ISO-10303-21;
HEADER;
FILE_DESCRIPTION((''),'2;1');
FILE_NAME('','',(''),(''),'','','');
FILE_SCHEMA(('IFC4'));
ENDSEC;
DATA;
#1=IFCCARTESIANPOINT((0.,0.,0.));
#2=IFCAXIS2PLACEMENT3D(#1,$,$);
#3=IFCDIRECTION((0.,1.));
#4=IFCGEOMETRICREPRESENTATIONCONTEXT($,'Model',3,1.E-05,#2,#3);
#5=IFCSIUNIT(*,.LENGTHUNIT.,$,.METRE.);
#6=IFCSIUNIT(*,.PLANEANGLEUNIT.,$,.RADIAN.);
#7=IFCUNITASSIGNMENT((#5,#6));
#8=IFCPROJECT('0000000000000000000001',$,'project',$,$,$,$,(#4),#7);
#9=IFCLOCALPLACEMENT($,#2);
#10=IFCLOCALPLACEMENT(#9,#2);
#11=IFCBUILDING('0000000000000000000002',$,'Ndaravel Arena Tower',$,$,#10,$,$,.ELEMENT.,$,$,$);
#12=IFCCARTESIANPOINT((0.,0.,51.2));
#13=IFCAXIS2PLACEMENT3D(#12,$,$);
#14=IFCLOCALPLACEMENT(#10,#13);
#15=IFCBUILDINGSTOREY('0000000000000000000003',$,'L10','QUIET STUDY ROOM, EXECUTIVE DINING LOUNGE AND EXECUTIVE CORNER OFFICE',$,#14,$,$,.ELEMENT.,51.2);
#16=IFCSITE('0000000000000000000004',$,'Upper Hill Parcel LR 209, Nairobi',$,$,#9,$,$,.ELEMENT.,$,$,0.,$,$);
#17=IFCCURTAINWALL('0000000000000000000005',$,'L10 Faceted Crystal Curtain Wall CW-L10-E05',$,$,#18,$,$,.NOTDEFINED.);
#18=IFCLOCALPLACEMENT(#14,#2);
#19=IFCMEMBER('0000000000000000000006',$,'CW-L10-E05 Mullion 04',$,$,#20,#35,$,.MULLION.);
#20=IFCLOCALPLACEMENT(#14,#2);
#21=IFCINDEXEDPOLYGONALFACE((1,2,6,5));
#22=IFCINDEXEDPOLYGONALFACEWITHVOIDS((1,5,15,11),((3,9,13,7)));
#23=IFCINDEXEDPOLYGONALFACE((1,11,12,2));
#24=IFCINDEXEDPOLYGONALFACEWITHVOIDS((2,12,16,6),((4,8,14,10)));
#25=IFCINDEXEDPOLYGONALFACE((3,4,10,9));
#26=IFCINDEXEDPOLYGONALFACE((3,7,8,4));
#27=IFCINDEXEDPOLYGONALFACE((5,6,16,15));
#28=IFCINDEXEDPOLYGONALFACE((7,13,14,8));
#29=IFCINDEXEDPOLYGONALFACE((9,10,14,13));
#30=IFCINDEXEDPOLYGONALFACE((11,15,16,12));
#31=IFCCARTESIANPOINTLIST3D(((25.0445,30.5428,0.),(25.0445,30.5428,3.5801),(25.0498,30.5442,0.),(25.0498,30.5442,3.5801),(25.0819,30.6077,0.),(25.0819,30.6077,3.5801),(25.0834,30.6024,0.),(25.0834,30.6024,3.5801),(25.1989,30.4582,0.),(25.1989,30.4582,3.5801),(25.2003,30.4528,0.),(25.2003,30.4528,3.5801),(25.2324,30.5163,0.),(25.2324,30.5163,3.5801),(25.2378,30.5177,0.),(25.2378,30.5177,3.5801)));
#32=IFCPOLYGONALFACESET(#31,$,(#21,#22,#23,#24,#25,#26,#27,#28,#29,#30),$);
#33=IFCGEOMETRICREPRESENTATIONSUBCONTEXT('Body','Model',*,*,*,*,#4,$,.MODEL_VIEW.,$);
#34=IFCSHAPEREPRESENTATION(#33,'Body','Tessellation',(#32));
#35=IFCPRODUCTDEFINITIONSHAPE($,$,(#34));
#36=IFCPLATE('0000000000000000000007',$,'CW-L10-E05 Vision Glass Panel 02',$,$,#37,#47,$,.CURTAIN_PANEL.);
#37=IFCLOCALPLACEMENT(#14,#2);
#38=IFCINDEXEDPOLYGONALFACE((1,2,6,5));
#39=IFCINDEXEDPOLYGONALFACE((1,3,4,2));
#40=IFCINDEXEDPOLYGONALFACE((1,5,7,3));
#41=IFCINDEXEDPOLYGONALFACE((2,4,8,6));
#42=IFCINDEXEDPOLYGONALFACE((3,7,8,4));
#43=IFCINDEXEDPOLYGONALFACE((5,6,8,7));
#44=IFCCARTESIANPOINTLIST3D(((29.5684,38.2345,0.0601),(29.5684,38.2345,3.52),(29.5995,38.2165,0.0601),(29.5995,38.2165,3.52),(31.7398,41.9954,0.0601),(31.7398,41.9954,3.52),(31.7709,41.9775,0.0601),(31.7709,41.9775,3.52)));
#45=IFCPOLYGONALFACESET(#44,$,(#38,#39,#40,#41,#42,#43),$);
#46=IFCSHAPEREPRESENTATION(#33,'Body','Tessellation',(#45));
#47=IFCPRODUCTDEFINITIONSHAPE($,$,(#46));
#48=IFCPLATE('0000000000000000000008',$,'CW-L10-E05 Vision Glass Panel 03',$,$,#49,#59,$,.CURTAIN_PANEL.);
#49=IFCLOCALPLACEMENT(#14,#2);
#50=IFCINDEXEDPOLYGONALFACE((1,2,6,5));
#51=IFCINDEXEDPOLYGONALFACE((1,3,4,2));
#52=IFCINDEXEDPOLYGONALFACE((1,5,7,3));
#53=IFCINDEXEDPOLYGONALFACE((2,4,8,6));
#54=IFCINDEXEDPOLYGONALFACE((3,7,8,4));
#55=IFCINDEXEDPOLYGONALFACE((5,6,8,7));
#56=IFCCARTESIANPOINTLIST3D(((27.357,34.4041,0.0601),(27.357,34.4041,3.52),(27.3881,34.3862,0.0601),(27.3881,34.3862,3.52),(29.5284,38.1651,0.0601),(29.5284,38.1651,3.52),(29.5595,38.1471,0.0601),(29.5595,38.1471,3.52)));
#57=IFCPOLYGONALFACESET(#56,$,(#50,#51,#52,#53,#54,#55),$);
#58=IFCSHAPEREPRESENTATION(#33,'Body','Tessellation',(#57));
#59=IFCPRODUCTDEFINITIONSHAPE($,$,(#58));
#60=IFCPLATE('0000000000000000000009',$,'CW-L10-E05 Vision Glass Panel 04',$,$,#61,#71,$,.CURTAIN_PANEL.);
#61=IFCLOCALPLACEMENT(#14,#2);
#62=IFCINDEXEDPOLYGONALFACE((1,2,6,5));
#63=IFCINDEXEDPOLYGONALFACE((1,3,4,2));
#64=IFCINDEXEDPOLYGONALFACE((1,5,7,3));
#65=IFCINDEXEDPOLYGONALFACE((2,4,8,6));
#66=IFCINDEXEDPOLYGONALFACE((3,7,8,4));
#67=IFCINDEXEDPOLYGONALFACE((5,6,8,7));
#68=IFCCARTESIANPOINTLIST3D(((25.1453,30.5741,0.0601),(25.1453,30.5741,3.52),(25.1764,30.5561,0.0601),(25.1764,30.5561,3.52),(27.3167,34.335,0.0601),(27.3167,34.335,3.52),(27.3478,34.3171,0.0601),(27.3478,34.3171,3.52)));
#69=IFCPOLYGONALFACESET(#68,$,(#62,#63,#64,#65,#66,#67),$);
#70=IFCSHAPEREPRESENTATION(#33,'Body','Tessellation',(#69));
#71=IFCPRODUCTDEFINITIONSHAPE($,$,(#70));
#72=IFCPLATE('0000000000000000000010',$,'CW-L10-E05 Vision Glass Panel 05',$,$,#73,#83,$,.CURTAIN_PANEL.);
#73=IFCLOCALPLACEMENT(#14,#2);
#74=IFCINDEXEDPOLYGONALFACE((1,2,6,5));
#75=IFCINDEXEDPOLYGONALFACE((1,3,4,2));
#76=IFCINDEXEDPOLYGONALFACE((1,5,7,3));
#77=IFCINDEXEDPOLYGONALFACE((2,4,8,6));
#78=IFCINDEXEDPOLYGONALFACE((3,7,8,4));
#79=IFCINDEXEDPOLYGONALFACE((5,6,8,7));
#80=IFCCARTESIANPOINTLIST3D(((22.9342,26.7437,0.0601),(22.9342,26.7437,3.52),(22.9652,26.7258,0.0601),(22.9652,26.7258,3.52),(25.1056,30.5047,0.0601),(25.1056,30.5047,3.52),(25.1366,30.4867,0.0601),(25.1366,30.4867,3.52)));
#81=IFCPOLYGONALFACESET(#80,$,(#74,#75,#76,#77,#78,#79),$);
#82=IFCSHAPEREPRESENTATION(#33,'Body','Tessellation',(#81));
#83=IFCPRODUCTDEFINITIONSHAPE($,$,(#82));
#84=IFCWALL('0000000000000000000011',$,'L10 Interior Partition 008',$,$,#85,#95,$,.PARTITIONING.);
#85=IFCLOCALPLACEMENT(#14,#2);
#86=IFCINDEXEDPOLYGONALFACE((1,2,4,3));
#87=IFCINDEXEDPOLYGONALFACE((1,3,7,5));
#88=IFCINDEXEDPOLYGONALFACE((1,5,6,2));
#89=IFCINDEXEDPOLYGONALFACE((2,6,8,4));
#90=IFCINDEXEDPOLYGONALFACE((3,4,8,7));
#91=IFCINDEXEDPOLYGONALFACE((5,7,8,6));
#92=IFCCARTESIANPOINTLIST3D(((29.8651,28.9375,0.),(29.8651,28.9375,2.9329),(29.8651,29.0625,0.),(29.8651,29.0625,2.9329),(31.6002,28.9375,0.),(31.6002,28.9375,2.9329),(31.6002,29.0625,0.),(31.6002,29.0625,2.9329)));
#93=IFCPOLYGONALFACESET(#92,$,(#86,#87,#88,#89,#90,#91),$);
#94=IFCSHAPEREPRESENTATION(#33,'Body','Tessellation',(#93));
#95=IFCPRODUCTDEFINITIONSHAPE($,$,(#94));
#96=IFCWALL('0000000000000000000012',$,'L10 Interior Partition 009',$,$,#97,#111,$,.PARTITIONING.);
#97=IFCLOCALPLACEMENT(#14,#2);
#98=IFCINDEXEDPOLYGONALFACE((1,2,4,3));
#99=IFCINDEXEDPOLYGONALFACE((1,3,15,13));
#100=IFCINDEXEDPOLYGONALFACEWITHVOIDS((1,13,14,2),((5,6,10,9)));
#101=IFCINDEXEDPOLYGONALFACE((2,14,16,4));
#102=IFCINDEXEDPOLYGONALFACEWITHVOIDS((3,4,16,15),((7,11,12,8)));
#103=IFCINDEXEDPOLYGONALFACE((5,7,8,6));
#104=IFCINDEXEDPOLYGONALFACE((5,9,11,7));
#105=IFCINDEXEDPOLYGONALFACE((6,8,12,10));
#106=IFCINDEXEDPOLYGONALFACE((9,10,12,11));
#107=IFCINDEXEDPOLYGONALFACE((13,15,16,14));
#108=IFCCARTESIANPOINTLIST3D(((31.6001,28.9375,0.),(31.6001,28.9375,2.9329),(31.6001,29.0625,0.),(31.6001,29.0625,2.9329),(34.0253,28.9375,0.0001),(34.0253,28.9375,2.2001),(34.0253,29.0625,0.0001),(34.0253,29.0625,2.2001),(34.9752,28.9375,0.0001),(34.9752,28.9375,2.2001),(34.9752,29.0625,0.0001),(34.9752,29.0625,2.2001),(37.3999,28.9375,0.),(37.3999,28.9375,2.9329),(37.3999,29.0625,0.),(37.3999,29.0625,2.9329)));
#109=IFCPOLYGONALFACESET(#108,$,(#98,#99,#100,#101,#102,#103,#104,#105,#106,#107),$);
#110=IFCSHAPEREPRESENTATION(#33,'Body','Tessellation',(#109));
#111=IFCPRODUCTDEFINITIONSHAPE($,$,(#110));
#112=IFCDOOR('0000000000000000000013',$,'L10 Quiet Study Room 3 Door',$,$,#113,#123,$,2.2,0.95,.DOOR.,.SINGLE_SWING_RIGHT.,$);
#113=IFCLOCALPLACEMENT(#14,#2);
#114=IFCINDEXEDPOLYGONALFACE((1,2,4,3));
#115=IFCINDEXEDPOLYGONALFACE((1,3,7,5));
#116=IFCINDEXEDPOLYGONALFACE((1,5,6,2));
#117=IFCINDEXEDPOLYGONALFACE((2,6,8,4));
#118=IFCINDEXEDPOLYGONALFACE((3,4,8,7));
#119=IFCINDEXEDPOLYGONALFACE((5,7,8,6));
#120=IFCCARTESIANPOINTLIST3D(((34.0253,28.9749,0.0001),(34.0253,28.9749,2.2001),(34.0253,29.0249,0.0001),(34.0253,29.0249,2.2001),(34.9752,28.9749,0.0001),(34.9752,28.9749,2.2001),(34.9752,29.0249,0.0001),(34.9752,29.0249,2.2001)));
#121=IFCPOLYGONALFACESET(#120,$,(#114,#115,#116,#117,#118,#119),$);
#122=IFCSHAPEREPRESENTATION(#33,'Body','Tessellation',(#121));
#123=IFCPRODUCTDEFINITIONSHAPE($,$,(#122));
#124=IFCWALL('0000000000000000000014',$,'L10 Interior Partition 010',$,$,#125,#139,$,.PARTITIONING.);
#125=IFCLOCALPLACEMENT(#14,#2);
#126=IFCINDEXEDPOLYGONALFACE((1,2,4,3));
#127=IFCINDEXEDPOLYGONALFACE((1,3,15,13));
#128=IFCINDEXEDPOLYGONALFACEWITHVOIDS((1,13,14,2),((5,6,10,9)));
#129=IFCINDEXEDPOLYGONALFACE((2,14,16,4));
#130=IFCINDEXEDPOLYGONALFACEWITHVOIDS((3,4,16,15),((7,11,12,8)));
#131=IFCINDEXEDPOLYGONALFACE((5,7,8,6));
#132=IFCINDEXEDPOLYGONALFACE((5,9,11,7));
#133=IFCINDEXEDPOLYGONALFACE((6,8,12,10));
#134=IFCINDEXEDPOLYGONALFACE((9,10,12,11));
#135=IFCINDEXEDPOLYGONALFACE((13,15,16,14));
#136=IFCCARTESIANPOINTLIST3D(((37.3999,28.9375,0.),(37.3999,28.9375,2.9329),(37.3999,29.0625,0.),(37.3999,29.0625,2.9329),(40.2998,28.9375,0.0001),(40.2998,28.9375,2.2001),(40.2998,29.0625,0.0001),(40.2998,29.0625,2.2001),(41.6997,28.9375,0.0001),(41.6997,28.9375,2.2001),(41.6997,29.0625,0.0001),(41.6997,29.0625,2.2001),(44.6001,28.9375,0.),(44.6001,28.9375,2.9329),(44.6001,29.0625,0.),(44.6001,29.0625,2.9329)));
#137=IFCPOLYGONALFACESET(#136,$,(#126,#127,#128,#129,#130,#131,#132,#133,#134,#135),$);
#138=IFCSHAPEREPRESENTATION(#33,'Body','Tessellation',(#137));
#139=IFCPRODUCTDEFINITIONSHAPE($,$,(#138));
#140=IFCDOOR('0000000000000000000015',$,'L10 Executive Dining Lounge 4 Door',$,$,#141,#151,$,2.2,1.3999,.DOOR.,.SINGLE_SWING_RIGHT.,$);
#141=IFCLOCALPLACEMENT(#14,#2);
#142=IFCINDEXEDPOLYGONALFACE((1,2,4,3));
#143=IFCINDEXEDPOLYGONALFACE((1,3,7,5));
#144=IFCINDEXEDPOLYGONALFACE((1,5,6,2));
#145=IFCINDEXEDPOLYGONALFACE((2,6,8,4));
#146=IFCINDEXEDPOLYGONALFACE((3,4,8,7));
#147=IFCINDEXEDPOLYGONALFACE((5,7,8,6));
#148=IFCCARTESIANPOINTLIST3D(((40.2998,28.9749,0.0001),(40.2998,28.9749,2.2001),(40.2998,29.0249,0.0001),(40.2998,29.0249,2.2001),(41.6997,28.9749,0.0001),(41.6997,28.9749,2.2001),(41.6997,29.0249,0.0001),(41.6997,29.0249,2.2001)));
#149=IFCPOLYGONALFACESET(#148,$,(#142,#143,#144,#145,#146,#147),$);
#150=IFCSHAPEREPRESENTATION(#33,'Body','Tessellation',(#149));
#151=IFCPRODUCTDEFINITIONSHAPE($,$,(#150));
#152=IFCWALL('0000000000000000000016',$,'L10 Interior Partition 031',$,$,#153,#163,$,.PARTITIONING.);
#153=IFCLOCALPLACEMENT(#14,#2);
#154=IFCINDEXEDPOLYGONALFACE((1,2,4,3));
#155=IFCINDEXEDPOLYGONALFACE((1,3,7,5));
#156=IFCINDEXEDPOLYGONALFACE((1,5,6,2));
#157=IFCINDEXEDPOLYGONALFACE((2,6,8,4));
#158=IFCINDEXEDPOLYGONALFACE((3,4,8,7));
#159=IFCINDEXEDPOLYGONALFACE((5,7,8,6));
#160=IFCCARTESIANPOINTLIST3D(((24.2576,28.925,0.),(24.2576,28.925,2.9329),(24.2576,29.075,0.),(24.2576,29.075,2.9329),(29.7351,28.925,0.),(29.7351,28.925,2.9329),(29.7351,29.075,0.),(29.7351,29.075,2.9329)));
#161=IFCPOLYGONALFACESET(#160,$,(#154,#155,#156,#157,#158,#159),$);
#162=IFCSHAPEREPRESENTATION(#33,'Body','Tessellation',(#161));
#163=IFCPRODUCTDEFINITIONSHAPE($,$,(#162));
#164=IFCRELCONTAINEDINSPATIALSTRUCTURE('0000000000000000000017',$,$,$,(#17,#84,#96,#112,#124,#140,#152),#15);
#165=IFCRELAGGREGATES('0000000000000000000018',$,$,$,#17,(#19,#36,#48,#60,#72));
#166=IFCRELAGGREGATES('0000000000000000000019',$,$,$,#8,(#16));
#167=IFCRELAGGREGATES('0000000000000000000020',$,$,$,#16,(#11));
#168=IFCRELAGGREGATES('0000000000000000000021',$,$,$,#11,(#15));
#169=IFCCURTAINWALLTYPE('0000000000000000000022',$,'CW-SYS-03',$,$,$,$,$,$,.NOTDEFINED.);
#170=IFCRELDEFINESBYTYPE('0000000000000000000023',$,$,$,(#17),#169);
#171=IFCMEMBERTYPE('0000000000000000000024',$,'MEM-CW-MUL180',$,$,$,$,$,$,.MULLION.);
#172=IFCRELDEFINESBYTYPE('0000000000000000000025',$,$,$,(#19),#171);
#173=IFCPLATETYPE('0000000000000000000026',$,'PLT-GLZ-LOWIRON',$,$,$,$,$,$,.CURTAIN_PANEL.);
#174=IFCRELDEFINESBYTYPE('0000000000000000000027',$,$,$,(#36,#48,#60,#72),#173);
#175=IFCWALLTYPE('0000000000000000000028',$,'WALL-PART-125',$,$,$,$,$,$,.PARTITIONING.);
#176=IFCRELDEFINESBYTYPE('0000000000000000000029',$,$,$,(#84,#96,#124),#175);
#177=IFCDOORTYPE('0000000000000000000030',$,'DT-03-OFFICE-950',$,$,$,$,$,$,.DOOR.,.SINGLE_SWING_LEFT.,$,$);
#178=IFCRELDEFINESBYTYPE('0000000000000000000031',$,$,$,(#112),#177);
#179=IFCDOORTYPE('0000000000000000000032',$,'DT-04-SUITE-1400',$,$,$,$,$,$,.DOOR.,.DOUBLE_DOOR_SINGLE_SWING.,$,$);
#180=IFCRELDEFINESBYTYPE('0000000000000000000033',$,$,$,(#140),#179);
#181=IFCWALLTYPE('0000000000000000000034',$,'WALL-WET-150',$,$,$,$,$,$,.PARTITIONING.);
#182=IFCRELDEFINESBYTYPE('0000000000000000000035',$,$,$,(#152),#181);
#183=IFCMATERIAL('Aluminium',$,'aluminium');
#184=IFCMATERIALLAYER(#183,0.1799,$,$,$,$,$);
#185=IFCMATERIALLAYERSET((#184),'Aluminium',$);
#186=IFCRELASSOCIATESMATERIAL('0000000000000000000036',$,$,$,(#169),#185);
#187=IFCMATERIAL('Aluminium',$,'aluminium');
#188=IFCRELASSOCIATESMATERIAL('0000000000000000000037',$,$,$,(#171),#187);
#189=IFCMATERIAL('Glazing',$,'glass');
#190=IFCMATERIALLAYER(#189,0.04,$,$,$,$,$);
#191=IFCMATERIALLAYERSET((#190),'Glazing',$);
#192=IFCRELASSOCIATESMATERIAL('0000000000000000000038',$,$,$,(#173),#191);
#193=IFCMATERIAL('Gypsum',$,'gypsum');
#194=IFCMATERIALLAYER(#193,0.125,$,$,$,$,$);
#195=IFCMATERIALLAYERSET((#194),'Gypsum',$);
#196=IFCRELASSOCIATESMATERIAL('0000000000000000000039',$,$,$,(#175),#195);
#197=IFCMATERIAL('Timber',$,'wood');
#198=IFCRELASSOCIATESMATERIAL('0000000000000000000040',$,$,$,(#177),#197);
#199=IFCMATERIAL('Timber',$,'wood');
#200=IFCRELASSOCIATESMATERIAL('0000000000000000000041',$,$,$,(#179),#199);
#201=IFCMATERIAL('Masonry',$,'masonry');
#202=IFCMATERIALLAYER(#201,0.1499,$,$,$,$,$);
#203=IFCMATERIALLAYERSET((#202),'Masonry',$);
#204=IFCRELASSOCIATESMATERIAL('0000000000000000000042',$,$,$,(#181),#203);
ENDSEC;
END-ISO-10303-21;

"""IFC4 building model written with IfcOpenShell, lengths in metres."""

from ifc_helpers import new_model, si_unit, direction, frame, frame_2d, origin, origin_2d, place, context, subcontext, project, spatial, rectangle, hollow_rectangle, extrude, material, layer, layer_set, material_profile, profile_set, type_object, element, fill, aggregate, save


model = new_model("IFC4")

# Units and contexts
model_context = context("Model", 3, precision=1e-05, world=origin(), true_north=direction((0.0, 1.0)))
body_context = subcontext(model_context, "Body", "Model", "MODEL_VIEW")
ifc_project = project(units=[si_unit("LENGTHUNIT", "METRE"), si_unit("PLANEANGLEUNIT", "RADIAN")], contexts=[model_context])

# Site, building, storey
site_placement = place(None, origin())
site = spatial("IfcSite", under=ifc_project, at=site_placement, Name="Upper Hill Parcel LR 209, Nairobi", CompositionType="ELEMENT", RefElevation=0.0)
building_placement = place(site_placement, origin())
building = spatial("IfcBuilding", under=site, at=building_placement, Name="Ndaravel Arena Tower", CompositionType="ELEMENT")
storey_placement = place(building_placement, frame((0.0, 0.0, 51.2)))
storey = spatial("IfcBuildingStorey", under=building, at=storey_placement, Name="L10", Description="QUIET STUDY ROOM, EXECUTIVE DINING LOUNGE AND EXECUTIVE CORNER OFFICE", CompositionType="ELEMENT", Elevation=51.2)

# Curtain wall, member, plates
ifc_material_1 = material(Name="Aluminium", Category="aluminium")
ifc_layer_1 = layer(ifc_material_1, 0.1799)
ifc_layer_set_1 = layer_set([ifc_layer_1], Name="Aluminium")
curtain_wall_type = type_object("IfcCurtainWallType", Name="CW-SYS-03", PredefinedType="NOTDEFINED", material=ifc_layer_set_1)
curtain_wall_placement = place(storey_placement, origin())
curtain_wall = element("IfcCurtainWall", 1, at=curtain_wall_placement, inside=storey, type_object=curtain_wall_type, Name="L10 Faceted Crystal Curtain Wall CW-L10-E05", PredefinedType="NOTDEFINED")
ifc_material_2 = material(Name="Aluminium", Category="aluminium")
ifc_material_profile_1 = material_profile(ifc_material_2, hollow_rectangle(XDim=0.075, YDim=0.1799, WallThickness=0.0039, at=origin_2d()), Name="CW MULLION 75x180x4")
ifc_profile_set_1 = profile_set([ifc_material_profile_1], Name="Aluminium")
member_type = type_object("IfcMemberType", Name="MEM-CW-MUL180", PredefinedType="MULLION", material=ifc_profile_set_1)
member_1_placement = place(storey_placement, frame((25.1411, 30.5303, 0.0), z_axis=(0.0, 0.0, 1.0), x_axis=(-0.5, -0.866025, 0.0)))
member_1 = element("IfcMember", 2, at=member_1_placement, type_object=member_type, Name="CW-L10-E05 Mullion 04", PredefinedType="MULLION", context=body_context, shape_type="SweptSolid", body=[
    extrude(hollow_rectangle(XDim=0.075, YDim=0.1799, WallThickness=0.0039, at=origin_2d()), origin(), (0.0, 0.0, 1.0), 3.5801),
])
ifc_material_3 = material(Name="Glazing", Category="glass")
ifc_layer_2 = layer(ifc_material_3, 0.04)
ifc_layer_set_2 = layer_set([ifc_layer_2], Name="Glazing")
plate_type = type_object("IfcPlateType", Name="PLT-GLZ-LOWIRON", PredefinedType="CURTAIN_PANEL", material=ifc_layer_set_2)
plate_1_placement = place(storey_placement, frame((30.6697, 40.106, 0.0601), z_axis=(0.0, 0.0, 1.0), x_axis=(-0.5, -0.866025, 0.0)))
plate_1 = element("IfcPlate", 3, at=plate_1_placement, type_object=plate_type, Name="CW-L10-E05 Vision Glass Panel 02", PredefinedType="CURTAIN_PANEL", context=body_context, shape_type="SweptSolid", body=[
    extrude(rectangle(XDim=4.3428, YDim=0.0359, at=origin_2d()), origin(), (0.0, 0.0, 1.0), 3.46),
])
plate_2_placement = place(storey_placement, frame((28.4583, 36.2756, 0.0601), z_axis=(0.0, 0.0, 1.0), x_axis=(-0.5, -0.866025, 0.0)))
plate_2 = element("IfcPlate", 4, at=plate_2_placement, type_object=plate_type, Name="CW-L10-E05 Vision Glass Panel 03", PredefinedType="CURTAIN_PANEL", context=body_context, shape_type="SweptSolid", body=[
    extrude(rectangle(XDim=4.3428, YDim=0.0359, at=origin_2d()), origin(), (0.0, 0.0, 1.0), 3.46),
])
plate_3_placement = place(storey_placement, frame((26.2466, 32.4456, 0.0601), z_axis=(0.0, 0.0, 1.0), x_axis=(-0.5, -0.866025, 0.0)))
plate_3 = element("IfcPlate", 5, at=plate_3_placement, type_object=plate_type, Name="CW-L10-E05 Vision Glass Panel 04", PredefinedType="CURTAIN_PANEL", context=body_context, shape_type="SweptSolid", body=[
    extrude(rectangle(XDim=4.3428, YDim=0.0359, at=origin_2d()), origin(), (0.0, 0.0, 1.0), 3.46),
])
plate_4_placement = place(storey_placement, frame((24.0354, 28.6152, 0.0601), z_axis=(0.0, 0.0, 1.0), x_axis=(-0.5, -0.866025, 0.0)))
plate_4 = element("IfcPlate", 6, at=plate_4_placement, type_object=plate_type, Name="CW-L10-E05 Vision Glass Panel 05", PredefinedType="CURTAIN_PANEL", context=body_context, shape_type="SweptSolid", body=[
    extrude(rectangle(XDim=4.3428, YDim=0.0359, at=origin_2d()), origin(), (0.0, 0.0, 1.0), 3.46),
])
aggregate(curtain_wall, [member_1, plate_1, plate_2, plate_3, plate_4])

# Wall
ifc_material_4 = material(Name="Gypsum", Category="gypsum")
ifc_layer_3 = layer(ifc_material_4, 0.125)
ifc_layer_set_3 = layer_set([ifc_layer_3], Name="Gypsum")
wall_type_1 = type_object("IfcWallType", Name="WALL-PART-125", PredefinedType="PARTITIONING", material=ifc_layer_set_3)
wall_1_placement = place(storey_placement, frame((29.865, 29.0, 0.0), z_axis=(0.0, 0.0, 1.0), x_axis=(1.0, 0.0, 0.0)))
element("IfcWall", 7, at=wall_1_placement, inside=storey, type_object=wall_type_1, Name="L10 Interior Partition 008", PredefinedType="PARTITIONING", context=body_context, shape_type="SweptSolid", body=[
    extrude(rectangle(XDim=1.7351, YDim=0.125, at=frame_2d((0.8677, 0.0))), origin(), (0.0, 0.0, 1.0), 2.9329),
])

# Walls, openings, doors
wall_2_placement = place(storey_placement, frame((31.6001, 29.0, 0.0), z_axis=(0.0, 0.0, 1.0), x_axis=(1.0, 0.0, 0.0)))
wall_2 = element("IfcWall", 8, at=wall_2_placement, inside=storey, type_object=wall_type_1, Name="L10 Interior Partition 009", PredefinedType="PARTITIONING", context=body_context, shape_type="SweptSolid", body=[
    extrude(rectangle(XDim=5.7998, YDim=0.125, at=frame_2d((2.8999, 0.0))), origin(), (0.0, 0.0, 1.0), 2.9329),
])
opening_1_placement = place(wall_2_placement, frame((2.425, 0.0, 0.0)))
opening_1 = element("IfcOpeningElement", 9, at=opening_1_placement, cuts=wall_2, PredefinedType="OPENING", context=body_context, shape_type="SweptSolid", body=[
    extrude(rectangle(XDim=0.95, YDim=2.2, at=frame_2d((0.4751, 1.1001))), frame((0.0, 0.0625, 0.0), z_axis=(0.0, -1.0, 0.0), x_axis=(1.0, 0.0, 0.0)), (0.0, 0.0, 1.0), 0.125),
])
ifc_material_5 = material(Name="Timber", Category="wood")
door_type_1 = type_object("IfcDoorType", Name="DT-03-OFFICE-950", OperationType="SINGLE_SWING_LEFT", PredefinedType="DOOR", material=ifc_material_5)
door_1_placement = place(opening_1_placement, origin())
door_1 = element("IfcDoor", 10, at=door_1_placement, inside=storey, type_object=door_type_1, Name="L10 Quiet Study Room 3 Door", OperationType="SINGLE_SWING_RIGHT", OverallHeight=2.2, OverallWidth=0.95, PredefinedType="DOOR", context=body_context, shape_type="SweptSolid", body=[
    extrude(rectangle(XDim=0.95, YDim=2.2, at=frame_2d((0.4751, 1.1001))), frame((0.0, 0.0249, 0.0), z_axis=(0.0, -1.0, 0.0), x_axis=(1.0, 0.0, 0.0)), (0.0, 0.0, 1.0), 0.05),
])
fill(opening_1, door_1)
wall_3_placement = place(storey_placement, frame((37.3999, 29.0, 0.0), z_axis=(0.0, 0.0, 1.0), x_axis=(1.0, 0.0, 0.0)))
wall_3 = element("IfcWall", 11, at=wall_3_placement, inside=storey, type_object=wall_type_1, Name="L10 Interior Partition 010", PredefinedType="PARTITIONING", context=body_context, shape_type="SweptSolid", body=[
    extrude(rectangle(XDim=7.2002, YDim=0.125, at=frame_2d((3.6001, 0.0))), origin(), (0.0, 0.0, 1.0), 2.9329),
])
opening_2_placement = place(wall_3_placement, frame((2.8999, 0.0, 0.0)))
opening_2 = element("IfcOpeningElement", 12, at=opening_2_placement, cuts=wall_3, PredefinedType="OPENING", context=body_context, shape_type="SweptSolid", body=[
    extrude(rectangle(XDim=1.3999, YDim=2.2, at=frame_2d((0.7, 1.1001))), frame((0.0, 0.0625, 0.0), z_axis=(0.0, -1.0, 0.0), x_axis=(1.0, 0.0, 0.0)), (0.0, 0.0, 1.0), 0.125),
])
ifc_material_6 = material(Name="Timber", Category="wood")
door_type_2 = type_object("IfcDoorType", Name="DT-04-SUITE-1400", OperationType="DOUBLE_DOOR_SINGLE_SWING", PredefinedType="DOOR", material=ifc_material_6)
door_2_placement = place(opening_2_placement, origin())
door_2 = element("IfcDoor", 13, at=door_2_placement, inside=storey, type_object=door_type_2, Name="L10 Executive Dining Lounge 4 Door", OperationType="SINGLE_SWING_RIGHT", OverallHeight=2.2, OverallWidth=1.3999, PredefinedType="DOOR", context=body_context, shape_type="SweptSolid", body=[
    extrude(rectangle(XDim=1.3999, YDim=2.2, at=frame_2d((0.7, 1.1001))), frame((0.0, 0.0249, 0.0), z_axis=(0.0, -1.0, 0.0), x_axis=(1.0, 0.0, 0.0)), (0.0, 0.0, 1.0), 0.05),
])
fill(opening_2, door_2)
ifc_material_7 = material(Name="Masonry", Category="masonry")
ifc_layer_4 = layer(ifc_material_7, 0.1499)
ifc_layer_set_4 = layer_set([ifc_layer_4], Name="Masonry")
wall_type_2 = type_object("IfcWallType", Name="WALL-WET-150", PredefinedType="PARTITIONING", material=ifc_layer_set_4)

# Wall
wall_4_placement = place(storey_placement, frame((24.2576, 29.0, 0.0), z_axis=(0.0, 0.0, 1.0), x_axis=(1.0, 0.0, 0.0)))
element("IfcWall", 14, at=wall_4_placement, inside=storey, type_object=wall_type_2, Name="L10 Interior Partition 031", PredefinedType="PARTITIONING", context=body_context, shape_type="SweptSolid", body=[
    extrude(rectangle(XDim=5.4775, YDim=0.1499, at=frame_2d((2.7388, 0.0))), origin(), (0.0, 0.0, 1.0), 2.9329),
])

save(model, "model.ifc")
